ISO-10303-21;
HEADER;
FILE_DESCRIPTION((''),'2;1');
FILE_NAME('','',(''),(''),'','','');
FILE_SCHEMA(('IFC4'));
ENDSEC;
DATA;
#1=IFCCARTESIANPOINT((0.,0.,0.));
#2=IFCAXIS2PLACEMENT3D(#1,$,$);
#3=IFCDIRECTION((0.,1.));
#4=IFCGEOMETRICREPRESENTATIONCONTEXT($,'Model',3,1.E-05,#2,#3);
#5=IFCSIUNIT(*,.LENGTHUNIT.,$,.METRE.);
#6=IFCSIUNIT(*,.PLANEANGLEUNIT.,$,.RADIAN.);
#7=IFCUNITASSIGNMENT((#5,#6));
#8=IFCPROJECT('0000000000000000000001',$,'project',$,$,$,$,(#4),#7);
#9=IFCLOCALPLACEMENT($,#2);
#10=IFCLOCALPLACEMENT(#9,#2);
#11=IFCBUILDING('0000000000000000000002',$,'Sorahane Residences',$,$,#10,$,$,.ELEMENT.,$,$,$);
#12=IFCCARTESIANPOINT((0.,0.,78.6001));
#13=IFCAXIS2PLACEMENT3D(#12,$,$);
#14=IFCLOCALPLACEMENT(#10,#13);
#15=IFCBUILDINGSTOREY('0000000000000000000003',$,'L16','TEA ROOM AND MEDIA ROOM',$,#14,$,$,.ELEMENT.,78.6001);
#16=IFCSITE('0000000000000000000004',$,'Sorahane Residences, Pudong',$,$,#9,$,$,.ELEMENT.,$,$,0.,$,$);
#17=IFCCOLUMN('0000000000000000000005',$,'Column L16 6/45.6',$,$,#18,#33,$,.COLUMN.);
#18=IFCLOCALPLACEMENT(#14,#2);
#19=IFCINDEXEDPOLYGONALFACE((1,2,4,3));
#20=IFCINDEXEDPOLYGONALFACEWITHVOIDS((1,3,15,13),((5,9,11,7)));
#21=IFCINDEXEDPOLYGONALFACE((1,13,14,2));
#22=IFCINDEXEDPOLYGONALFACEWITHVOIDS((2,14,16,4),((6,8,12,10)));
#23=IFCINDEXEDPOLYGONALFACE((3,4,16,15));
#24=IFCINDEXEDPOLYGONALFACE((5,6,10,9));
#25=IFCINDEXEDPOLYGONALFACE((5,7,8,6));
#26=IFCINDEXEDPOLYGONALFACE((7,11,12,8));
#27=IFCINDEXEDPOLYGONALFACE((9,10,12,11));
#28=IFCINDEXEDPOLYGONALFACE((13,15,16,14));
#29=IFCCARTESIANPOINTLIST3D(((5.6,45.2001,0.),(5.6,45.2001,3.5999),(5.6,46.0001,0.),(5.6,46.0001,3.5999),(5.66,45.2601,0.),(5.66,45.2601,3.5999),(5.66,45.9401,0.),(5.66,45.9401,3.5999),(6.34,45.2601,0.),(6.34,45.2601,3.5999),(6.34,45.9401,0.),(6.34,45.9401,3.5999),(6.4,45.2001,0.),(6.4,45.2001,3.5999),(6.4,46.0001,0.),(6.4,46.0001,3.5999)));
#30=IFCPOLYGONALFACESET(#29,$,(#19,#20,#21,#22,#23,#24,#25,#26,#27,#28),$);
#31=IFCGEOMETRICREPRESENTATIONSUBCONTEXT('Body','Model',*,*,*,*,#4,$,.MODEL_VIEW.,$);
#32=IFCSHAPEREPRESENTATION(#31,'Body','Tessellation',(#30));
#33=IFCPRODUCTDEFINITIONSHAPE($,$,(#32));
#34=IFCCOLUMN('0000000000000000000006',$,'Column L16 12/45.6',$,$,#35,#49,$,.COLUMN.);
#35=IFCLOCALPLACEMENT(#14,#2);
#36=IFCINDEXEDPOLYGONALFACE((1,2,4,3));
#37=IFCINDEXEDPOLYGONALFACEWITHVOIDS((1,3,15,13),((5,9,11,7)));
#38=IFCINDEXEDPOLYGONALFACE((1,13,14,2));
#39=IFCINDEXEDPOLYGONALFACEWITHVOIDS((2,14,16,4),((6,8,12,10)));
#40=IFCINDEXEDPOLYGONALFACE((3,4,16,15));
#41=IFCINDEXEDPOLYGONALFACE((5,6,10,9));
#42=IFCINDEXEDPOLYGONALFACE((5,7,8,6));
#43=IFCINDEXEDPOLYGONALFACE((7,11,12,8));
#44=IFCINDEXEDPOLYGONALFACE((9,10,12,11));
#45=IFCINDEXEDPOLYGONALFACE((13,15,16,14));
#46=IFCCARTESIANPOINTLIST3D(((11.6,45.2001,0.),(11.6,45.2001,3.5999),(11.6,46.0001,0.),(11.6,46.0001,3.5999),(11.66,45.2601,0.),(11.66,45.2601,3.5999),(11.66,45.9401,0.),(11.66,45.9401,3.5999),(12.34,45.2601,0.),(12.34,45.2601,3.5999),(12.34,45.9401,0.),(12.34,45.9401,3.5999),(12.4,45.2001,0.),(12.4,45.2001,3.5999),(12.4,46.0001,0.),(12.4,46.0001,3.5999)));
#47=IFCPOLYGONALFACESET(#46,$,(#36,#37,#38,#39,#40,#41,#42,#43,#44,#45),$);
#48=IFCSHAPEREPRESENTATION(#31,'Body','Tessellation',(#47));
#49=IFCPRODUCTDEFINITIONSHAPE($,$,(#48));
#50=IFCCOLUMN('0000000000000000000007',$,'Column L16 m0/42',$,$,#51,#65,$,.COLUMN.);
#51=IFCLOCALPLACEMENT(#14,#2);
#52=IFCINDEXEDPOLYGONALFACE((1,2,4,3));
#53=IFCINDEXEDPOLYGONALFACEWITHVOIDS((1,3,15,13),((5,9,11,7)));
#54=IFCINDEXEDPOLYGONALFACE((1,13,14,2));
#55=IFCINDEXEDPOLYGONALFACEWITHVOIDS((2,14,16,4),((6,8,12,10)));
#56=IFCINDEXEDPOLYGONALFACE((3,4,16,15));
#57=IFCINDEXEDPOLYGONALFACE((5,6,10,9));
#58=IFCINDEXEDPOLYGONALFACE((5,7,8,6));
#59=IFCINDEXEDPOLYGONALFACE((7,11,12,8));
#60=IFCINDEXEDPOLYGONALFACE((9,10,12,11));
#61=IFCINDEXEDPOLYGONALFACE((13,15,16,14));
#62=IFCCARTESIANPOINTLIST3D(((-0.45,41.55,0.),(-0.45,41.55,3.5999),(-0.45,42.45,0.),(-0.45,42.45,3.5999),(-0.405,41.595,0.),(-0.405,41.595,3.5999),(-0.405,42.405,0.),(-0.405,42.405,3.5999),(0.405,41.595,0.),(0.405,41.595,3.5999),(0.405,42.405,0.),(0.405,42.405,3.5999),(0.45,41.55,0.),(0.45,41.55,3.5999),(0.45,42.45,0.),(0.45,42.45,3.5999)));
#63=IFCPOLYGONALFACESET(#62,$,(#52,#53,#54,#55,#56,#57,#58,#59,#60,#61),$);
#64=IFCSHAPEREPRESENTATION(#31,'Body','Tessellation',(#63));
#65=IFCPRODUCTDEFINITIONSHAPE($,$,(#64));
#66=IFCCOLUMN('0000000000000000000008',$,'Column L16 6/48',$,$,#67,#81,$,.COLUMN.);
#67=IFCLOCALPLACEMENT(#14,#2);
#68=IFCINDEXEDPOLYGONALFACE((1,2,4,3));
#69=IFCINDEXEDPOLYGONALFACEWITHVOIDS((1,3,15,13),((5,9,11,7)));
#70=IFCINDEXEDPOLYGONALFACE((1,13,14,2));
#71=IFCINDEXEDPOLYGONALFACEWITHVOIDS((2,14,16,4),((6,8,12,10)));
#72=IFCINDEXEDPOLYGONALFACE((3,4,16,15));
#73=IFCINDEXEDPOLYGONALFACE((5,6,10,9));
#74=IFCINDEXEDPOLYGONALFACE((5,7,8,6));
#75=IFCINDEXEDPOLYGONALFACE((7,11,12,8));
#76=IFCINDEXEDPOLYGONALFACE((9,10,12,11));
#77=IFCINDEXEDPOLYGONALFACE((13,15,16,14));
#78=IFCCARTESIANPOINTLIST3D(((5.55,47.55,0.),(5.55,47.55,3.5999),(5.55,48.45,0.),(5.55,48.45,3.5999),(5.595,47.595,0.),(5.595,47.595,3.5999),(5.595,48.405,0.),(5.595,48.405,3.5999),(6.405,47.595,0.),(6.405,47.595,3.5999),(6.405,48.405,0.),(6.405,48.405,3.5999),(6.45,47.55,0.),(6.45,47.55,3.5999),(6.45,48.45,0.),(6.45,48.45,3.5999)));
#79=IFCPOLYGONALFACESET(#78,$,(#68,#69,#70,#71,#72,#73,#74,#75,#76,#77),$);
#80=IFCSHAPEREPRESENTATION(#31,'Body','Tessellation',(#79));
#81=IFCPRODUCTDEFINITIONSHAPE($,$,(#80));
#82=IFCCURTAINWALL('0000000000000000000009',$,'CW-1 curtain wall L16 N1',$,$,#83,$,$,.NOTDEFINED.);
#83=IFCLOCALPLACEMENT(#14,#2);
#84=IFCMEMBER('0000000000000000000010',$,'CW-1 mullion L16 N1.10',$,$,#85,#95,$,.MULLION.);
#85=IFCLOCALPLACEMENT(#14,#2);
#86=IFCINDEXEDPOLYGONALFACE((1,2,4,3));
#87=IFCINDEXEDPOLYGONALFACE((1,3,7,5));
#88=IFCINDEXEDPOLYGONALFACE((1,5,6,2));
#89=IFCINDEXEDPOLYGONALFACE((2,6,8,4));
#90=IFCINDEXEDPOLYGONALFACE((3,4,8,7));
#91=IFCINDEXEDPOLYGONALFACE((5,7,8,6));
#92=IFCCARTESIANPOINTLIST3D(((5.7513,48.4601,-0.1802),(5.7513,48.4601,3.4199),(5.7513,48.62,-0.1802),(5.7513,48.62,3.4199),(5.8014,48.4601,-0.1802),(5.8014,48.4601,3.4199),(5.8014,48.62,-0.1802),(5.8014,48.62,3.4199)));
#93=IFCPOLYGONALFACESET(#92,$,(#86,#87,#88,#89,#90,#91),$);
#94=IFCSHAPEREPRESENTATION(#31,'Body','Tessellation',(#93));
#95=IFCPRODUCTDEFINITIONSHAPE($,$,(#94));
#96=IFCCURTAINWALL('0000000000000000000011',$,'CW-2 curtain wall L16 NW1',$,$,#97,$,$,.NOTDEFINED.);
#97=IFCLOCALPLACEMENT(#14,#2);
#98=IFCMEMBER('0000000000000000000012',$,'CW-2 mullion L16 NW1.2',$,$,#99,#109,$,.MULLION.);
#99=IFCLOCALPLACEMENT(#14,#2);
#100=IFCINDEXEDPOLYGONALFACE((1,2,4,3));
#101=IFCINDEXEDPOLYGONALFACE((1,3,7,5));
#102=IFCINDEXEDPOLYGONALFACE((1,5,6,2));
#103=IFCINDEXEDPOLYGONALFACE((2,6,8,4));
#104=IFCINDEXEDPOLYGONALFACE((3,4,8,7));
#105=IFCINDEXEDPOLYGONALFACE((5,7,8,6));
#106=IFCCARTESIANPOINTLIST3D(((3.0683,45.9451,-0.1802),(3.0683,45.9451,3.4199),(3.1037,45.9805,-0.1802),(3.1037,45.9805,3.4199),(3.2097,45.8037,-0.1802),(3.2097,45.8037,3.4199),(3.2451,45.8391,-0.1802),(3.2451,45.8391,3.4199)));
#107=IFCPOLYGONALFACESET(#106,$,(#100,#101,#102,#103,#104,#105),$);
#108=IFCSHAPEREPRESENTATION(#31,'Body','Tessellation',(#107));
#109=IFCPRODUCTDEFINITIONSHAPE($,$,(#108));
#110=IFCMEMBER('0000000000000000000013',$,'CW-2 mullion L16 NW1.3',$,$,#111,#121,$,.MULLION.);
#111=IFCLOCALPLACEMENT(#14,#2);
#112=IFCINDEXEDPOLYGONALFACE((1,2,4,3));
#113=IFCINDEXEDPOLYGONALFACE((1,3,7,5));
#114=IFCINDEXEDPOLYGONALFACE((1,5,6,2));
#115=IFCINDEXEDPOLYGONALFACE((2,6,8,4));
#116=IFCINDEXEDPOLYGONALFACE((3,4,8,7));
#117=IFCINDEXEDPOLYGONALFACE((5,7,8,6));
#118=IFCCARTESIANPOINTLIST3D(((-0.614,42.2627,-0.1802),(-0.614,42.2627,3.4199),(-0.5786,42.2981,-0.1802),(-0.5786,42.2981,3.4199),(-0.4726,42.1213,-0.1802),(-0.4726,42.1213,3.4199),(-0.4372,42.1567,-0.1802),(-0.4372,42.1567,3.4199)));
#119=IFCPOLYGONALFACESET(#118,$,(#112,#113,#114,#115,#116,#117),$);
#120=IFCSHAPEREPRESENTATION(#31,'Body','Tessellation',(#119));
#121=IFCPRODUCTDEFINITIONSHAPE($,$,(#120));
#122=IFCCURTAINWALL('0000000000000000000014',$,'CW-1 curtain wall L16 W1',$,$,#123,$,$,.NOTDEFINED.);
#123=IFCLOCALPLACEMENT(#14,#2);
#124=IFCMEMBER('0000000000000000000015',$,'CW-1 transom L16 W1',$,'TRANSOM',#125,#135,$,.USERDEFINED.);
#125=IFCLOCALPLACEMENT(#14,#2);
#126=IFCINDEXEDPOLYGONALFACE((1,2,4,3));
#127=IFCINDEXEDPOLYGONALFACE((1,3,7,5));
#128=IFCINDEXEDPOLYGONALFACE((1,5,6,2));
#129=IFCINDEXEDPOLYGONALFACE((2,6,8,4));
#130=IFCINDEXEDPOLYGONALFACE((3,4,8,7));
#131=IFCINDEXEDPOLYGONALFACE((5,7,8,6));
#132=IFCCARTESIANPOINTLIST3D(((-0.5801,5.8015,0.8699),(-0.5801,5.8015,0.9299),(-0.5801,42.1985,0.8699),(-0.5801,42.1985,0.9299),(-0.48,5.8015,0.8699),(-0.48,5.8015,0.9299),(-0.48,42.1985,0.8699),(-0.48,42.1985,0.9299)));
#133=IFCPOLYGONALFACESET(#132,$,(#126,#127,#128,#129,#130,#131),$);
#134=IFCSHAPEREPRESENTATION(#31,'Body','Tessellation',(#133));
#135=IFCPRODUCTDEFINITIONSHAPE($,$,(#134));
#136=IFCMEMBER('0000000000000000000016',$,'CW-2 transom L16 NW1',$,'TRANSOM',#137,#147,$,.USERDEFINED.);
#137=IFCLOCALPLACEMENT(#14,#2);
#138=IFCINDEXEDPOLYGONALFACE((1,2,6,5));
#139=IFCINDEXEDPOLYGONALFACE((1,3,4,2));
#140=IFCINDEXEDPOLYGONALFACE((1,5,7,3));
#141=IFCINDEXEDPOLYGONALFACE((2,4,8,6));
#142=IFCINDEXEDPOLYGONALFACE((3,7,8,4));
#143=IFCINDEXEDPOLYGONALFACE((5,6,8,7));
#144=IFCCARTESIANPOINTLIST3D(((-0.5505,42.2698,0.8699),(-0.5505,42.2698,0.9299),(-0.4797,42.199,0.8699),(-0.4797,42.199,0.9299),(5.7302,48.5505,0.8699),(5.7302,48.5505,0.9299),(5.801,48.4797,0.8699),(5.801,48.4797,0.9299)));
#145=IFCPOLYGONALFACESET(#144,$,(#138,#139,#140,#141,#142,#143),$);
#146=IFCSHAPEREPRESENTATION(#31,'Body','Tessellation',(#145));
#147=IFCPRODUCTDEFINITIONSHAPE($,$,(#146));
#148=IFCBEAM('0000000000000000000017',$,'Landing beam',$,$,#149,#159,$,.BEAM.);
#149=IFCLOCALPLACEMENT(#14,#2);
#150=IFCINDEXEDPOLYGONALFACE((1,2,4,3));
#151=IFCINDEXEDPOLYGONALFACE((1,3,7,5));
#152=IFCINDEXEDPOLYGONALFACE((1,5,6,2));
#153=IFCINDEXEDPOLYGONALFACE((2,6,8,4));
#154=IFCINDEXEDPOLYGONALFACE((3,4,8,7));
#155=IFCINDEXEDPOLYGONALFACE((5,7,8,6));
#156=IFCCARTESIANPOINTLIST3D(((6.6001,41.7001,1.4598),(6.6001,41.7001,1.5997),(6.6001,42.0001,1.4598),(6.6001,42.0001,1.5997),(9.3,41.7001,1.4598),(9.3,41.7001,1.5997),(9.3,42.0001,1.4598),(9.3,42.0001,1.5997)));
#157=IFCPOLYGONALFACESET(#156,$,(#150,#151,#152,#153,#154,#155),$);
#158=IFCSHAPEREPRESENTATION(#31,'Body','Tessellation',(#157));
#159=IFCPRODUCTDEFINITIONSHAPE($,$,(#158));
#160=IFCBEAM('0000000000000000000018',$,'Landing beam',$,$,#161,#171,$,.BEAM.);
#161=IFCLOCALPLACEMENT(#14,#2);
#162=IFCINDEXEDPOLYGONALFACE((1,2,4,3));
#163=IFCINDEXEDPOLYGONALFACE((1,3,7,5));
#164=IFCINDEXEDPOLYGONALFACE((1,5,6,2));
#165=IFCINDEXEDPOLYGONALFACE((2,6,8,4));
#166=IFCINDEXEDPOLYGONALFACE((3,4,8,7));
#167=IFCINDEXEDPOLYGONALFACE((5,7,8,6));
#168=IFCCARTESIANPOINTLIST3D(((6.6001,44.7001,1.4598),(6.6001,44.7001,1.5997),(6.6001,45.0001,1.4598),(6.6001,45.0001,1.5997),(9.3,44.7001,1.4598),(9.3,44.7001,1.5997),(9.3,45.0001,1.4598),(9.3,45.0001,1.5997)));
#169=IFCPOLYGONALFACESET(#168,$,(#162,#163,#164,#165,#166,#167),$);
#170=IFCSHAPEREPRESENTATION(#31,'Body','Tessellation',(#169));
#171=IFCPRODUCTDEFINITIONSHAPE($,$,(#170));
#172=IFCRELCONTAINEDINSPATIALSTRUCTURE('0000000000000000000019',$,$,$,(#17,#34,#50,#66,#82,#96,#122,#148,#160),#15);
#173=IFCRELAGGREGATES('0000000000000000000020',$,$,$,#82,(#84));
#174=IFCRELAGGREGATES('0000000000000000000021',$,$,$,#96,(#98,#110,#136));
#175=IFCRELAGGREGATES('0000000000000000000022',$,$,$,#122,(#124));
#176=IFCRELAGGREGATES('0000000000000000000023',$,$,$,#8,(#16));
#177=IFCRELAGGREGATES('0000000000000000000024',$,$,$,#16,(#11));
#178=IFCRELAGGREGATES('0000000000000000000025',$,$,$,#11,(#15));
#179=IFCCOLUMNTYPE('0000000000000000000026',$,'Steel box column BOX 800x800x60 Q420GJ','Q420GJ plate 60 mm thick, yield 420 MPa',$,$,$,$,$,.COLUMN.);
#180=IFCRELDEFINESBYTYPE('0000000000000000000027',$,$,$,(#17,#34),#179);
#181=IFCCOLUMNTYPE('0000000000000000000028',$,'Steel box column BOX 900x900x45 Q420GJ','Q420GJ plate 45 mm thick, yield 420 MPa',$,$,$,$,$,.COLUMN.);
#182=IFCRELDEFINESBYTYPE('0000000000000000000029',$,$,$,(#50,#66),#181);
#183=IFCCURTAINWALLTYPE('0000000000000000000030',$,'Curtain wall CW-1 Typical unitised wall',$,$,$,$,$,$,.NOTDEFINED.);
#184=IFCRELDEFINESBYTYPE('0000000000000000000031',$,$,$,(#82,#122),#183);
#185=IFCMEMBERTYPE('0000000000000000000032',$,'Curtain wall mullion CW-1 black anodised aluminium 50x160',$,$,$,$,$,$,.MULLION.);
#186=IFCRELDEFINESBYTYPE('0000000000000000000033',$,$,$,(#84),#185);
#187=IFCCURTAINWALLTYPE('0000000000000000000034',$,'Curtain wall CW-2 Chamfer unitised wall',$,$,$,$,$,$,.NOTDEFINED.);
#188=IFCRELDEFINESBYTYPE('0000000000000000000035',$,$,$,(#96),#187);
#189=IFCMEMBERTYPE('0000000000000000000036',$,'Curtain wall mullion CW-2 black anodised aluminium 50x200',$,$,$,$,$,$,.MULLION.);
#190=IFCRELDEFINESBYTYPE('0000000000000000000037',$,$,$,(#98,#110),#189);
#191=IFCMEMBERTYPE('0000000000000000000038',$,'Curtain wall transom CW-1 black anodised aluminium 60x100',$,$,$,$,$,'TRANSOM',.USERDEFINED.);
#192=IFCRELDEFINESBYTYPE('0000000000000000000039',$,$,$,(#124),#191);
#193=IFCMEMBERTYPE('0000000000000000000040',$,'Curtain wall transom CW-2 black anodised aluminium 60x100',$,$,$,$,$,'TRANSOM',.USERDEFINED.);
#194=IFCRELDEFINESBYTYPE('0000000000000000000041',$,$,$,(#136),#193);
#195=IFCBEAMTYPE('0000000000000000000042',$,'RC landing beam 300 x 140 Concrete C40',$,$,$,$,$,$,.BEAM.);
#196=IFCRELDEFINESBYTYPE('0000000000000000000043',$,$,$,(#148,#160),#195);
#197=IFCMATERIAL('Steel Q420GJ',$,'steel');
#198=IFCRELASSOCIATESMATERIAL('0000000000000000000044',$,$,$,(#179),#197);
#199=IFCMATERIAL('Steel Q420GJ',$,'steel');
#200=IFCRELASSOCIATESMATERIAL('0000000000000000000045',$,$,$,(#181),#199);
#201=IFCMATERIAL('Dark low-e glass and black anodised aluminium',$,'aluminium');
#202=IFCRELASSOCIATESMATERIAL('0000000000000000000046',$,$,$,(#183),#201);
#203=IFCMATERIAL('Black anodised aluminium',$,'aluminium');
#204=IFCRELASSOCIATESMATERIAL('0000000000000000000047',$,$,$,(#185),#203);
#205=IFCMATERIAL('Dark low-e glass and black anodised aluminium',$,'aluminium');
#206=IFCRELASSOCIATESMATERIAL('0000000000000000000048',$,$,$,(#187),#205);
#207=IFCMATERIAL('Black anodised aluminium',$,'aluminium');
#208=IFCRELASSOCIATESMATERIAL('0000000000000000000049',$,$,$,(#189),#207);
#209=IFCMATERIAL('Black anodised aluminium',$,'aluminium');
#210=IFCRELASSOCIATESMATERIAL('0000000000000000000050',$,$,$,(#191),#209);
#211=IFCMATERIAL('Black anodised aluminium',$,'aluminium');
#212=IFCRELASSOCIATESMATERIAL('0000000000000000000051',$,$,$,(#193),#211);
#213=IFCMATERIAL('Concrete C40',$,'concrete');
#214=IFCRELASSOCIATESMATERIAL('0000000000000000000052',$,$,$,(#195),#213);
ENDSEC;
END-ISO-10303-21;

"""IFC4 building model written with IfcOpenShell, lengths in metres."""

from ifc_helpers import new_model, si_unit, direction, frame, origin, origin_2d, place, context, subcontext, project, spatial, rectangle, hollow_rectangle, extrude, material, material_profile, profile_set, type_object, element, aggregate, save


model = new_model("IFC4")

# Units and contexts
model_context = context("Model", 3, precision=1e-05, world=origin(), true_north=direction((0.0, 1.0)))
body_context = subcontext(model_context, "Body", "Model", "MODEL_VIEW")
ifc_project = project(units=[si_unit("LENGTHUNIT", "METRE"), si_unit("PLANEANGLEUNIT", "RADIAN")], contexts=[model_context])

# Site, building, storey
site_placement = place(None, origin())
site = spatial("IfcSite", under=ifc_project, at=site_placement, Name="Sorahane Residences, Pudong", CompositionType="ELEMENT", RefElevation=0.0)
building_placement = place(site_placement, origin())
building = spatial("IfcBuilding", under=site, at=building_placement, Name="Sorahane Residences", CompositionType="ELEMENT")
storey_placement = place(building_placement, frame((0.0, 0.0, 78.6001)))
storey = spatial("IfcBuildingStorey", under=building, at=storey_placement, Name="L16", Description="TEA ROOM AND MEDIA ROOM", CompositionType="ELEMENT", Elevation=78.6001)

# Columns
ifc_material_1 = material(Name="Steel Q420GJ", Category="steel")
ifc_material_profile_1 = material_profile(ifc_material_1, hollow_rectangle(XDim=0.8, YDim=0.8, WallThickness=0.0601, at=origin_2d()), Name="BOX 800x800x60")
ifc_profile_set_1 = profile_set([ifc_material_profile_1], Name="Steel Q420GJ")
column_type_1 = type_object("IfcColumnType", Name="Steel box column BOX 800x800x60 Q420GJ", Description="Q420GJ plate 60 mm thick, yield 420 MPa", PredefinedType="COLUMN", material=ifc_profile_set_1)
for number, where, z_axis, x_axis, name in (
    (1, (6.0, 45.6001, 0.0), (0.0, 0.0, 1.0), (1.0, 0.0, 0.0), "Column L16 6/45.6"),
    (2, (12.0, 45.6001, 0.0), (0.0, 0.0, 1.0), (1.0, 0.0, 0.0), "Column L16 12/45.6"),
):
    element("IfcColumn", number, at=place(storey_placement, frame(where, z_axis=z_axis, x_axis=x_axis)), inside=storey, type_object=column_type_1, Name=name, PredefinedType="COLUMN", context=body_context, shape_type="SweptSolid", body=[
        extrude(hollow_rectangle(XDim=0.8, YDim=0.8, WallThickness=0.0601, at=origin_2d()), origin(), (0.0, 0.0, 1.0), 3.5999),
    ])
ifc_material_2 = material(Name="Steel Q420GJ", Category="steel")
ifc_material_profile_2 = material_profile(ifc_material_2, hollow_rectangle(XDim=0.8999, YDim=0.8999, WallThickness=0.0449, at=origin_2d()), Name="BOX 900x900x45")
ifc_profile_set_2 = profile_set([ifc_material_profile_2], Name="Steel Q420GJ")
column_type_2 = type_object("IfcColumnType", Name="Steel box column BOX 900x900x45 Q420GJ", Description="Q420GJ plate 45 mm thick, yield 420 MPa", PredefinedType="COLUMN", material=ifc_profile_set_2)
for number, where, z_axis, x_axis, name in (
    (3, (0.0, 42.0, 0.0), (0.0, 0.0, 1.0), (1.0, 0.0, 0.0), "Column L16 m0/42"),
    (4, (6.0, 48.0, 0.0), (0.0, 0.0, 1.0), (1.0, 0.0, 0.0), "Column L16 6/48"),
):
    element("IfcColumn", number, at=place(storey_placement, frame(where, z_axis=z_axis, x_axis=x_axis)), inside=storey, type_object=column_type_2, Name=name, PredefinedType="COLUMN", context=body_context, shape_type="SweptSolid", body=[
        extrude(hollow_rectangle(XDim=0.8999, YDim=0.8999, WallThickness=0.0449, at=origin_2d()), origin(), (0.0, 0.0, 1.0), 3.5999),
    ])

# Curtain wall, member
ifc_material_3 = material(Name="Dark low-e glass and black anodised aluminium", Category="aluminium")
curtain_wall_type_1 = type_object("IfcCurtainWallType", Name="Curtain wall CW-1 Typical unitised wall", PredefinedType="NOTDEFINED", material=ifc_material_3)
curtain_wall_1_placement = place(storey_placement, origin())
curtain_wall_1 = element("IfcCurtainWall", 5, at=curtain_wall_1_placement, inside=storey, type_object=curtain_wall_type_1, Name="CW-1 curtain wall L16 N1", PredefinedType="NOTDEFINED")
ifc_material_4 = material(Name="Black anodised aluminium", Category="aluminium")
ifc_material_profile_3 = material_profile(ifc_material_4, rectangle(XDim=0.1599, YDim=0.05, at=origin_2d()), Name="Curtain wall mullion CW-1 black anodised aluminium 50x160")
ifc_profile_set_3 = profile_set([ifc_material_profile_3], Name="Black anodised aluminium")
member_type_1 = type_object("IfcMemberType", Name="Curtain wall mullion CW-1 black anodised aluminium 50x160", PredefinedType="MULLION", material=ifc_profile_set_3)
member_1_placement = place(storey_placement, frame((5.7764, 48.54, -0.1802), z_axis=(0.0, 0.0, 1.0), x_axis=(0.0, 1.0, 0.0)))
member_1 = element("IfcMember", 6, at=member_1_placement, type_object=member_type_1, Name="CW-1 mullion L16 N1.10", PredefinedType="MULLION", context=body_context, shape_type="SweptSolid", body=[
    extrude(rectangle(XDim=0.1599, YDim=0.05, at=origin_2d()), origin(), (0.0, 0.0, 1.0), 3.6001),
])

# Curtain wall, members
ifc_material_5 = material(Name="Dark low-e glass and black anodised aluminium", Category="aluminium")
curtain_wall_type_2 = type_object("IfcCurtainWallType", Name="Curtain wall CW-2 Chamfer unitised wall", PredefinedType="NOTDEFINED", material=ifc_material_5)
curtain_wall_2_placement = place(storey_placement, origin())
curtain_wall_2 = element("IfcCurtainWall", 7, at=curtain_wall_2_placement, inside=storey, type_object=curtain_wall_type_2, Name="CW-2 curtain wall L16 NW1", PredefinedType="NOTDEFINED")
ifc_material_6 = material(Name="Black anodised aluminium", Category="aluminium")
ifc_material_profile_4 = material_profile(ifc_material_6, rectangle(XDim=0.2, YDim=0.05, at=origin_2d()), Name="Curtain wall mullion CW-2 black anodised aluminium 50x200")
ifc_profile_set_4 = profile_set([ifc_material_profile_4], Name="Black anodised aluminium")
member_type_2 = type_object("IfcMemberType", Name="Curtain wall mullion CW-2 black anodised aluminium 50x200", PredefinedType="MULLION", material=ifc_profile_set_4)
member_2_placement = place(storey_placement, frame((3.1567, 45.8921, -0.1802), z_axis=(0.0, 0.0, 1.0), x_axis=(-0.707107, 0.707107, 0.0)))
member_2 = element("IfcMember", 8, at=member_2_placement, type_object=member_type_2, Name="CW-2 mullion L16 NW1.2", PredefinedType="MULLION", context=body_context, shape_type="SweptSolid", body=[
    extrude(rectangle(XDim=0.2, YDim=0.05, at=origin_2d()), origin(), (0.0, 0.0, 1.0), 3.6001),
])
member_3_placement = place(storey_placement, frame((-0.5256, 42.2097, -0.1802), z_axis=(0.0, 0.0, 1.0), x_axis=(-0.707107, 0.707107, 0.0)))
member_3 = element("IfcMember", 9, at=member_3_placement, type_object=member_type_2, Name="CW-2 mullion L16 NW1.3", PredefinedType="MULLION", context=body_context, shape_type="SweptSolid", body=[
    extrude(rectangle(XDim=0.2, YDim=0.05, at=origin_2d()), origin(), (0.0, 0.0, 1.0), 3.6001),
])

# Curtain wall, member
curtain_wall_3_placement = place(storey_placement, origin())
curtain_wall_3 = element("IfcCurtainWall", 10, at=curtain_wall_3_placement, inside=storey, type_object=curtain_wall_type_1, Name="CW-1 curtain wall L16 W1", PredefinedType="NOTDEFINED")
ifc_material_7 = material(Name="Black anodised aluminium", Category="aluminium")
ifc_material_profile_5 = material_profile(ifc_material_7, rectangle(XDim=0.1001, YDim=0.0601, at=origin_2d()), Name="Curtain wall transom CW-1 black anodised aluminium 60x100")
ifc_profile_set_5 = profile_set([ifc_material_profile_5], Name="Black anodised aluminium")
member_type_3 = type_object("IfcMemberType", Name="Curtain wall transom CW-1 black anodised aluminium 60x100", ElementType="TRANSOM", PredefinedType="USERDEFINED", material=ifc_profile_set_5)
member_4_placement = place(storey_placement, frame((-0.53, 42.1985, 0.8999), z_axis=(0.0, -1.0, 0.0), x_axis=(1.0, 0.0, 0.0)))
member_4 = element("IfcMember", 11, at=member_4_placement, type_object=member_type_3, Name="CW-1 transom L16 W1", ObjectType="TRANSOM", PredefinedType="USERDEFINED", context=body_context, shape_type="SweptSolid", body=[
    extrude(rectangle(XDim=0.1001, YDim=0.0601, at=origin_2d()), origin(), (0.0, 0.0, 1.0), 36.397),
])

# Member
ifc_material_8 = material(Name="Black anodised aluminium", Category="aluminium")
ifc_material_profile_6 = material_profile(ifc_material_8, rectangle(XDim=0.1001, YDim=0.0601, at=origin_2d()), Name="Curtain wall transom CW-2 black anodised aluminium 60x100")
ifc_profile_set_6 = profile_set([ifc_material_profile_6], Name="Black anodised aluminium")
member_type_4 = type_object("IfcMemberType", Name="Curtain wall transom CW-2 black anodised aluminium 60x100", ElementType="TRANSOM", PredefinedType="USERDEFINED", material=ifc_profile_set_6)
member_5_placement = place(storey_placement, frame((5.7656, 48.5151, 0.8999), z_axis=(-0.707107, -0.707107, 0.0), x_axis=(0.707107, -0.707107, 0.0)))
member_5 = element("IfcMember", 12, at=member_5_placement, type_object=member_type_4, Name="CW-2 transom L16 NW1", ObjectType="TRANSOM", PredefinedType="USERDEFINED", context=body_context, shape_type="SweptSolid", body=[
    extrude(rectangle(XDim=0.1001, YDim=0.0601, at=origin_2d()), origin(), (0.0, 0.0, 1.0), 8.8823),
])

# Beams
ifc_material_9 = material(Name="Concrete C40", Category="concrete")
ifc_material_profile_7 = material_profile(ifc_material_9, rectangle(XDim=0.3, YDim=0.1399, at=origin_2d()), Name="300x140")
ifc_profile_set_7 = profile_set([ifc_material_profile_7], Name="Concrete C40")
beam_type_1 = type_object("IfcBeamType", Name="RC landing beam 300 x 140 Concrete C40", PredefinedType="BEAM", material=ifc_profile_set_7)
for number, where, z_axis, x_axis, name in (
    (13, (6.6001, 41.8501, 1.5298), (1.0, 0.0, 0.0), (0.0, 1.0, 0.0), "Landing beam"),
    (14, (6.6001, 44.8501, 1.5298), (1.0, 0.0, 0.0), (0.0, 1.0, 0.0), "Landing beam"),
):
    element("IfcBeam", number, at=place(storey_placement, frame(where, z_axis=z_axis, x_axis=x_axis)), inside=storey, type_object=beam_type_1, Name=name, PredefinedType="BEAM", context=body_context, shape_type="SweptSolid", body=[
        extrude(rectangle(XDim=0.3, YDim=0.1399, at=origin_2d()), origin(), (0.0, 0.0, 1.0), 2.7),
    ])

aggregate(curtain_wall_1, [member_1])
aggregate(curtain_wall_2, [member_2, member_3, member_5])
aggregate(curtain_wall_3, [member_4])

save(model, "model.ifc")
